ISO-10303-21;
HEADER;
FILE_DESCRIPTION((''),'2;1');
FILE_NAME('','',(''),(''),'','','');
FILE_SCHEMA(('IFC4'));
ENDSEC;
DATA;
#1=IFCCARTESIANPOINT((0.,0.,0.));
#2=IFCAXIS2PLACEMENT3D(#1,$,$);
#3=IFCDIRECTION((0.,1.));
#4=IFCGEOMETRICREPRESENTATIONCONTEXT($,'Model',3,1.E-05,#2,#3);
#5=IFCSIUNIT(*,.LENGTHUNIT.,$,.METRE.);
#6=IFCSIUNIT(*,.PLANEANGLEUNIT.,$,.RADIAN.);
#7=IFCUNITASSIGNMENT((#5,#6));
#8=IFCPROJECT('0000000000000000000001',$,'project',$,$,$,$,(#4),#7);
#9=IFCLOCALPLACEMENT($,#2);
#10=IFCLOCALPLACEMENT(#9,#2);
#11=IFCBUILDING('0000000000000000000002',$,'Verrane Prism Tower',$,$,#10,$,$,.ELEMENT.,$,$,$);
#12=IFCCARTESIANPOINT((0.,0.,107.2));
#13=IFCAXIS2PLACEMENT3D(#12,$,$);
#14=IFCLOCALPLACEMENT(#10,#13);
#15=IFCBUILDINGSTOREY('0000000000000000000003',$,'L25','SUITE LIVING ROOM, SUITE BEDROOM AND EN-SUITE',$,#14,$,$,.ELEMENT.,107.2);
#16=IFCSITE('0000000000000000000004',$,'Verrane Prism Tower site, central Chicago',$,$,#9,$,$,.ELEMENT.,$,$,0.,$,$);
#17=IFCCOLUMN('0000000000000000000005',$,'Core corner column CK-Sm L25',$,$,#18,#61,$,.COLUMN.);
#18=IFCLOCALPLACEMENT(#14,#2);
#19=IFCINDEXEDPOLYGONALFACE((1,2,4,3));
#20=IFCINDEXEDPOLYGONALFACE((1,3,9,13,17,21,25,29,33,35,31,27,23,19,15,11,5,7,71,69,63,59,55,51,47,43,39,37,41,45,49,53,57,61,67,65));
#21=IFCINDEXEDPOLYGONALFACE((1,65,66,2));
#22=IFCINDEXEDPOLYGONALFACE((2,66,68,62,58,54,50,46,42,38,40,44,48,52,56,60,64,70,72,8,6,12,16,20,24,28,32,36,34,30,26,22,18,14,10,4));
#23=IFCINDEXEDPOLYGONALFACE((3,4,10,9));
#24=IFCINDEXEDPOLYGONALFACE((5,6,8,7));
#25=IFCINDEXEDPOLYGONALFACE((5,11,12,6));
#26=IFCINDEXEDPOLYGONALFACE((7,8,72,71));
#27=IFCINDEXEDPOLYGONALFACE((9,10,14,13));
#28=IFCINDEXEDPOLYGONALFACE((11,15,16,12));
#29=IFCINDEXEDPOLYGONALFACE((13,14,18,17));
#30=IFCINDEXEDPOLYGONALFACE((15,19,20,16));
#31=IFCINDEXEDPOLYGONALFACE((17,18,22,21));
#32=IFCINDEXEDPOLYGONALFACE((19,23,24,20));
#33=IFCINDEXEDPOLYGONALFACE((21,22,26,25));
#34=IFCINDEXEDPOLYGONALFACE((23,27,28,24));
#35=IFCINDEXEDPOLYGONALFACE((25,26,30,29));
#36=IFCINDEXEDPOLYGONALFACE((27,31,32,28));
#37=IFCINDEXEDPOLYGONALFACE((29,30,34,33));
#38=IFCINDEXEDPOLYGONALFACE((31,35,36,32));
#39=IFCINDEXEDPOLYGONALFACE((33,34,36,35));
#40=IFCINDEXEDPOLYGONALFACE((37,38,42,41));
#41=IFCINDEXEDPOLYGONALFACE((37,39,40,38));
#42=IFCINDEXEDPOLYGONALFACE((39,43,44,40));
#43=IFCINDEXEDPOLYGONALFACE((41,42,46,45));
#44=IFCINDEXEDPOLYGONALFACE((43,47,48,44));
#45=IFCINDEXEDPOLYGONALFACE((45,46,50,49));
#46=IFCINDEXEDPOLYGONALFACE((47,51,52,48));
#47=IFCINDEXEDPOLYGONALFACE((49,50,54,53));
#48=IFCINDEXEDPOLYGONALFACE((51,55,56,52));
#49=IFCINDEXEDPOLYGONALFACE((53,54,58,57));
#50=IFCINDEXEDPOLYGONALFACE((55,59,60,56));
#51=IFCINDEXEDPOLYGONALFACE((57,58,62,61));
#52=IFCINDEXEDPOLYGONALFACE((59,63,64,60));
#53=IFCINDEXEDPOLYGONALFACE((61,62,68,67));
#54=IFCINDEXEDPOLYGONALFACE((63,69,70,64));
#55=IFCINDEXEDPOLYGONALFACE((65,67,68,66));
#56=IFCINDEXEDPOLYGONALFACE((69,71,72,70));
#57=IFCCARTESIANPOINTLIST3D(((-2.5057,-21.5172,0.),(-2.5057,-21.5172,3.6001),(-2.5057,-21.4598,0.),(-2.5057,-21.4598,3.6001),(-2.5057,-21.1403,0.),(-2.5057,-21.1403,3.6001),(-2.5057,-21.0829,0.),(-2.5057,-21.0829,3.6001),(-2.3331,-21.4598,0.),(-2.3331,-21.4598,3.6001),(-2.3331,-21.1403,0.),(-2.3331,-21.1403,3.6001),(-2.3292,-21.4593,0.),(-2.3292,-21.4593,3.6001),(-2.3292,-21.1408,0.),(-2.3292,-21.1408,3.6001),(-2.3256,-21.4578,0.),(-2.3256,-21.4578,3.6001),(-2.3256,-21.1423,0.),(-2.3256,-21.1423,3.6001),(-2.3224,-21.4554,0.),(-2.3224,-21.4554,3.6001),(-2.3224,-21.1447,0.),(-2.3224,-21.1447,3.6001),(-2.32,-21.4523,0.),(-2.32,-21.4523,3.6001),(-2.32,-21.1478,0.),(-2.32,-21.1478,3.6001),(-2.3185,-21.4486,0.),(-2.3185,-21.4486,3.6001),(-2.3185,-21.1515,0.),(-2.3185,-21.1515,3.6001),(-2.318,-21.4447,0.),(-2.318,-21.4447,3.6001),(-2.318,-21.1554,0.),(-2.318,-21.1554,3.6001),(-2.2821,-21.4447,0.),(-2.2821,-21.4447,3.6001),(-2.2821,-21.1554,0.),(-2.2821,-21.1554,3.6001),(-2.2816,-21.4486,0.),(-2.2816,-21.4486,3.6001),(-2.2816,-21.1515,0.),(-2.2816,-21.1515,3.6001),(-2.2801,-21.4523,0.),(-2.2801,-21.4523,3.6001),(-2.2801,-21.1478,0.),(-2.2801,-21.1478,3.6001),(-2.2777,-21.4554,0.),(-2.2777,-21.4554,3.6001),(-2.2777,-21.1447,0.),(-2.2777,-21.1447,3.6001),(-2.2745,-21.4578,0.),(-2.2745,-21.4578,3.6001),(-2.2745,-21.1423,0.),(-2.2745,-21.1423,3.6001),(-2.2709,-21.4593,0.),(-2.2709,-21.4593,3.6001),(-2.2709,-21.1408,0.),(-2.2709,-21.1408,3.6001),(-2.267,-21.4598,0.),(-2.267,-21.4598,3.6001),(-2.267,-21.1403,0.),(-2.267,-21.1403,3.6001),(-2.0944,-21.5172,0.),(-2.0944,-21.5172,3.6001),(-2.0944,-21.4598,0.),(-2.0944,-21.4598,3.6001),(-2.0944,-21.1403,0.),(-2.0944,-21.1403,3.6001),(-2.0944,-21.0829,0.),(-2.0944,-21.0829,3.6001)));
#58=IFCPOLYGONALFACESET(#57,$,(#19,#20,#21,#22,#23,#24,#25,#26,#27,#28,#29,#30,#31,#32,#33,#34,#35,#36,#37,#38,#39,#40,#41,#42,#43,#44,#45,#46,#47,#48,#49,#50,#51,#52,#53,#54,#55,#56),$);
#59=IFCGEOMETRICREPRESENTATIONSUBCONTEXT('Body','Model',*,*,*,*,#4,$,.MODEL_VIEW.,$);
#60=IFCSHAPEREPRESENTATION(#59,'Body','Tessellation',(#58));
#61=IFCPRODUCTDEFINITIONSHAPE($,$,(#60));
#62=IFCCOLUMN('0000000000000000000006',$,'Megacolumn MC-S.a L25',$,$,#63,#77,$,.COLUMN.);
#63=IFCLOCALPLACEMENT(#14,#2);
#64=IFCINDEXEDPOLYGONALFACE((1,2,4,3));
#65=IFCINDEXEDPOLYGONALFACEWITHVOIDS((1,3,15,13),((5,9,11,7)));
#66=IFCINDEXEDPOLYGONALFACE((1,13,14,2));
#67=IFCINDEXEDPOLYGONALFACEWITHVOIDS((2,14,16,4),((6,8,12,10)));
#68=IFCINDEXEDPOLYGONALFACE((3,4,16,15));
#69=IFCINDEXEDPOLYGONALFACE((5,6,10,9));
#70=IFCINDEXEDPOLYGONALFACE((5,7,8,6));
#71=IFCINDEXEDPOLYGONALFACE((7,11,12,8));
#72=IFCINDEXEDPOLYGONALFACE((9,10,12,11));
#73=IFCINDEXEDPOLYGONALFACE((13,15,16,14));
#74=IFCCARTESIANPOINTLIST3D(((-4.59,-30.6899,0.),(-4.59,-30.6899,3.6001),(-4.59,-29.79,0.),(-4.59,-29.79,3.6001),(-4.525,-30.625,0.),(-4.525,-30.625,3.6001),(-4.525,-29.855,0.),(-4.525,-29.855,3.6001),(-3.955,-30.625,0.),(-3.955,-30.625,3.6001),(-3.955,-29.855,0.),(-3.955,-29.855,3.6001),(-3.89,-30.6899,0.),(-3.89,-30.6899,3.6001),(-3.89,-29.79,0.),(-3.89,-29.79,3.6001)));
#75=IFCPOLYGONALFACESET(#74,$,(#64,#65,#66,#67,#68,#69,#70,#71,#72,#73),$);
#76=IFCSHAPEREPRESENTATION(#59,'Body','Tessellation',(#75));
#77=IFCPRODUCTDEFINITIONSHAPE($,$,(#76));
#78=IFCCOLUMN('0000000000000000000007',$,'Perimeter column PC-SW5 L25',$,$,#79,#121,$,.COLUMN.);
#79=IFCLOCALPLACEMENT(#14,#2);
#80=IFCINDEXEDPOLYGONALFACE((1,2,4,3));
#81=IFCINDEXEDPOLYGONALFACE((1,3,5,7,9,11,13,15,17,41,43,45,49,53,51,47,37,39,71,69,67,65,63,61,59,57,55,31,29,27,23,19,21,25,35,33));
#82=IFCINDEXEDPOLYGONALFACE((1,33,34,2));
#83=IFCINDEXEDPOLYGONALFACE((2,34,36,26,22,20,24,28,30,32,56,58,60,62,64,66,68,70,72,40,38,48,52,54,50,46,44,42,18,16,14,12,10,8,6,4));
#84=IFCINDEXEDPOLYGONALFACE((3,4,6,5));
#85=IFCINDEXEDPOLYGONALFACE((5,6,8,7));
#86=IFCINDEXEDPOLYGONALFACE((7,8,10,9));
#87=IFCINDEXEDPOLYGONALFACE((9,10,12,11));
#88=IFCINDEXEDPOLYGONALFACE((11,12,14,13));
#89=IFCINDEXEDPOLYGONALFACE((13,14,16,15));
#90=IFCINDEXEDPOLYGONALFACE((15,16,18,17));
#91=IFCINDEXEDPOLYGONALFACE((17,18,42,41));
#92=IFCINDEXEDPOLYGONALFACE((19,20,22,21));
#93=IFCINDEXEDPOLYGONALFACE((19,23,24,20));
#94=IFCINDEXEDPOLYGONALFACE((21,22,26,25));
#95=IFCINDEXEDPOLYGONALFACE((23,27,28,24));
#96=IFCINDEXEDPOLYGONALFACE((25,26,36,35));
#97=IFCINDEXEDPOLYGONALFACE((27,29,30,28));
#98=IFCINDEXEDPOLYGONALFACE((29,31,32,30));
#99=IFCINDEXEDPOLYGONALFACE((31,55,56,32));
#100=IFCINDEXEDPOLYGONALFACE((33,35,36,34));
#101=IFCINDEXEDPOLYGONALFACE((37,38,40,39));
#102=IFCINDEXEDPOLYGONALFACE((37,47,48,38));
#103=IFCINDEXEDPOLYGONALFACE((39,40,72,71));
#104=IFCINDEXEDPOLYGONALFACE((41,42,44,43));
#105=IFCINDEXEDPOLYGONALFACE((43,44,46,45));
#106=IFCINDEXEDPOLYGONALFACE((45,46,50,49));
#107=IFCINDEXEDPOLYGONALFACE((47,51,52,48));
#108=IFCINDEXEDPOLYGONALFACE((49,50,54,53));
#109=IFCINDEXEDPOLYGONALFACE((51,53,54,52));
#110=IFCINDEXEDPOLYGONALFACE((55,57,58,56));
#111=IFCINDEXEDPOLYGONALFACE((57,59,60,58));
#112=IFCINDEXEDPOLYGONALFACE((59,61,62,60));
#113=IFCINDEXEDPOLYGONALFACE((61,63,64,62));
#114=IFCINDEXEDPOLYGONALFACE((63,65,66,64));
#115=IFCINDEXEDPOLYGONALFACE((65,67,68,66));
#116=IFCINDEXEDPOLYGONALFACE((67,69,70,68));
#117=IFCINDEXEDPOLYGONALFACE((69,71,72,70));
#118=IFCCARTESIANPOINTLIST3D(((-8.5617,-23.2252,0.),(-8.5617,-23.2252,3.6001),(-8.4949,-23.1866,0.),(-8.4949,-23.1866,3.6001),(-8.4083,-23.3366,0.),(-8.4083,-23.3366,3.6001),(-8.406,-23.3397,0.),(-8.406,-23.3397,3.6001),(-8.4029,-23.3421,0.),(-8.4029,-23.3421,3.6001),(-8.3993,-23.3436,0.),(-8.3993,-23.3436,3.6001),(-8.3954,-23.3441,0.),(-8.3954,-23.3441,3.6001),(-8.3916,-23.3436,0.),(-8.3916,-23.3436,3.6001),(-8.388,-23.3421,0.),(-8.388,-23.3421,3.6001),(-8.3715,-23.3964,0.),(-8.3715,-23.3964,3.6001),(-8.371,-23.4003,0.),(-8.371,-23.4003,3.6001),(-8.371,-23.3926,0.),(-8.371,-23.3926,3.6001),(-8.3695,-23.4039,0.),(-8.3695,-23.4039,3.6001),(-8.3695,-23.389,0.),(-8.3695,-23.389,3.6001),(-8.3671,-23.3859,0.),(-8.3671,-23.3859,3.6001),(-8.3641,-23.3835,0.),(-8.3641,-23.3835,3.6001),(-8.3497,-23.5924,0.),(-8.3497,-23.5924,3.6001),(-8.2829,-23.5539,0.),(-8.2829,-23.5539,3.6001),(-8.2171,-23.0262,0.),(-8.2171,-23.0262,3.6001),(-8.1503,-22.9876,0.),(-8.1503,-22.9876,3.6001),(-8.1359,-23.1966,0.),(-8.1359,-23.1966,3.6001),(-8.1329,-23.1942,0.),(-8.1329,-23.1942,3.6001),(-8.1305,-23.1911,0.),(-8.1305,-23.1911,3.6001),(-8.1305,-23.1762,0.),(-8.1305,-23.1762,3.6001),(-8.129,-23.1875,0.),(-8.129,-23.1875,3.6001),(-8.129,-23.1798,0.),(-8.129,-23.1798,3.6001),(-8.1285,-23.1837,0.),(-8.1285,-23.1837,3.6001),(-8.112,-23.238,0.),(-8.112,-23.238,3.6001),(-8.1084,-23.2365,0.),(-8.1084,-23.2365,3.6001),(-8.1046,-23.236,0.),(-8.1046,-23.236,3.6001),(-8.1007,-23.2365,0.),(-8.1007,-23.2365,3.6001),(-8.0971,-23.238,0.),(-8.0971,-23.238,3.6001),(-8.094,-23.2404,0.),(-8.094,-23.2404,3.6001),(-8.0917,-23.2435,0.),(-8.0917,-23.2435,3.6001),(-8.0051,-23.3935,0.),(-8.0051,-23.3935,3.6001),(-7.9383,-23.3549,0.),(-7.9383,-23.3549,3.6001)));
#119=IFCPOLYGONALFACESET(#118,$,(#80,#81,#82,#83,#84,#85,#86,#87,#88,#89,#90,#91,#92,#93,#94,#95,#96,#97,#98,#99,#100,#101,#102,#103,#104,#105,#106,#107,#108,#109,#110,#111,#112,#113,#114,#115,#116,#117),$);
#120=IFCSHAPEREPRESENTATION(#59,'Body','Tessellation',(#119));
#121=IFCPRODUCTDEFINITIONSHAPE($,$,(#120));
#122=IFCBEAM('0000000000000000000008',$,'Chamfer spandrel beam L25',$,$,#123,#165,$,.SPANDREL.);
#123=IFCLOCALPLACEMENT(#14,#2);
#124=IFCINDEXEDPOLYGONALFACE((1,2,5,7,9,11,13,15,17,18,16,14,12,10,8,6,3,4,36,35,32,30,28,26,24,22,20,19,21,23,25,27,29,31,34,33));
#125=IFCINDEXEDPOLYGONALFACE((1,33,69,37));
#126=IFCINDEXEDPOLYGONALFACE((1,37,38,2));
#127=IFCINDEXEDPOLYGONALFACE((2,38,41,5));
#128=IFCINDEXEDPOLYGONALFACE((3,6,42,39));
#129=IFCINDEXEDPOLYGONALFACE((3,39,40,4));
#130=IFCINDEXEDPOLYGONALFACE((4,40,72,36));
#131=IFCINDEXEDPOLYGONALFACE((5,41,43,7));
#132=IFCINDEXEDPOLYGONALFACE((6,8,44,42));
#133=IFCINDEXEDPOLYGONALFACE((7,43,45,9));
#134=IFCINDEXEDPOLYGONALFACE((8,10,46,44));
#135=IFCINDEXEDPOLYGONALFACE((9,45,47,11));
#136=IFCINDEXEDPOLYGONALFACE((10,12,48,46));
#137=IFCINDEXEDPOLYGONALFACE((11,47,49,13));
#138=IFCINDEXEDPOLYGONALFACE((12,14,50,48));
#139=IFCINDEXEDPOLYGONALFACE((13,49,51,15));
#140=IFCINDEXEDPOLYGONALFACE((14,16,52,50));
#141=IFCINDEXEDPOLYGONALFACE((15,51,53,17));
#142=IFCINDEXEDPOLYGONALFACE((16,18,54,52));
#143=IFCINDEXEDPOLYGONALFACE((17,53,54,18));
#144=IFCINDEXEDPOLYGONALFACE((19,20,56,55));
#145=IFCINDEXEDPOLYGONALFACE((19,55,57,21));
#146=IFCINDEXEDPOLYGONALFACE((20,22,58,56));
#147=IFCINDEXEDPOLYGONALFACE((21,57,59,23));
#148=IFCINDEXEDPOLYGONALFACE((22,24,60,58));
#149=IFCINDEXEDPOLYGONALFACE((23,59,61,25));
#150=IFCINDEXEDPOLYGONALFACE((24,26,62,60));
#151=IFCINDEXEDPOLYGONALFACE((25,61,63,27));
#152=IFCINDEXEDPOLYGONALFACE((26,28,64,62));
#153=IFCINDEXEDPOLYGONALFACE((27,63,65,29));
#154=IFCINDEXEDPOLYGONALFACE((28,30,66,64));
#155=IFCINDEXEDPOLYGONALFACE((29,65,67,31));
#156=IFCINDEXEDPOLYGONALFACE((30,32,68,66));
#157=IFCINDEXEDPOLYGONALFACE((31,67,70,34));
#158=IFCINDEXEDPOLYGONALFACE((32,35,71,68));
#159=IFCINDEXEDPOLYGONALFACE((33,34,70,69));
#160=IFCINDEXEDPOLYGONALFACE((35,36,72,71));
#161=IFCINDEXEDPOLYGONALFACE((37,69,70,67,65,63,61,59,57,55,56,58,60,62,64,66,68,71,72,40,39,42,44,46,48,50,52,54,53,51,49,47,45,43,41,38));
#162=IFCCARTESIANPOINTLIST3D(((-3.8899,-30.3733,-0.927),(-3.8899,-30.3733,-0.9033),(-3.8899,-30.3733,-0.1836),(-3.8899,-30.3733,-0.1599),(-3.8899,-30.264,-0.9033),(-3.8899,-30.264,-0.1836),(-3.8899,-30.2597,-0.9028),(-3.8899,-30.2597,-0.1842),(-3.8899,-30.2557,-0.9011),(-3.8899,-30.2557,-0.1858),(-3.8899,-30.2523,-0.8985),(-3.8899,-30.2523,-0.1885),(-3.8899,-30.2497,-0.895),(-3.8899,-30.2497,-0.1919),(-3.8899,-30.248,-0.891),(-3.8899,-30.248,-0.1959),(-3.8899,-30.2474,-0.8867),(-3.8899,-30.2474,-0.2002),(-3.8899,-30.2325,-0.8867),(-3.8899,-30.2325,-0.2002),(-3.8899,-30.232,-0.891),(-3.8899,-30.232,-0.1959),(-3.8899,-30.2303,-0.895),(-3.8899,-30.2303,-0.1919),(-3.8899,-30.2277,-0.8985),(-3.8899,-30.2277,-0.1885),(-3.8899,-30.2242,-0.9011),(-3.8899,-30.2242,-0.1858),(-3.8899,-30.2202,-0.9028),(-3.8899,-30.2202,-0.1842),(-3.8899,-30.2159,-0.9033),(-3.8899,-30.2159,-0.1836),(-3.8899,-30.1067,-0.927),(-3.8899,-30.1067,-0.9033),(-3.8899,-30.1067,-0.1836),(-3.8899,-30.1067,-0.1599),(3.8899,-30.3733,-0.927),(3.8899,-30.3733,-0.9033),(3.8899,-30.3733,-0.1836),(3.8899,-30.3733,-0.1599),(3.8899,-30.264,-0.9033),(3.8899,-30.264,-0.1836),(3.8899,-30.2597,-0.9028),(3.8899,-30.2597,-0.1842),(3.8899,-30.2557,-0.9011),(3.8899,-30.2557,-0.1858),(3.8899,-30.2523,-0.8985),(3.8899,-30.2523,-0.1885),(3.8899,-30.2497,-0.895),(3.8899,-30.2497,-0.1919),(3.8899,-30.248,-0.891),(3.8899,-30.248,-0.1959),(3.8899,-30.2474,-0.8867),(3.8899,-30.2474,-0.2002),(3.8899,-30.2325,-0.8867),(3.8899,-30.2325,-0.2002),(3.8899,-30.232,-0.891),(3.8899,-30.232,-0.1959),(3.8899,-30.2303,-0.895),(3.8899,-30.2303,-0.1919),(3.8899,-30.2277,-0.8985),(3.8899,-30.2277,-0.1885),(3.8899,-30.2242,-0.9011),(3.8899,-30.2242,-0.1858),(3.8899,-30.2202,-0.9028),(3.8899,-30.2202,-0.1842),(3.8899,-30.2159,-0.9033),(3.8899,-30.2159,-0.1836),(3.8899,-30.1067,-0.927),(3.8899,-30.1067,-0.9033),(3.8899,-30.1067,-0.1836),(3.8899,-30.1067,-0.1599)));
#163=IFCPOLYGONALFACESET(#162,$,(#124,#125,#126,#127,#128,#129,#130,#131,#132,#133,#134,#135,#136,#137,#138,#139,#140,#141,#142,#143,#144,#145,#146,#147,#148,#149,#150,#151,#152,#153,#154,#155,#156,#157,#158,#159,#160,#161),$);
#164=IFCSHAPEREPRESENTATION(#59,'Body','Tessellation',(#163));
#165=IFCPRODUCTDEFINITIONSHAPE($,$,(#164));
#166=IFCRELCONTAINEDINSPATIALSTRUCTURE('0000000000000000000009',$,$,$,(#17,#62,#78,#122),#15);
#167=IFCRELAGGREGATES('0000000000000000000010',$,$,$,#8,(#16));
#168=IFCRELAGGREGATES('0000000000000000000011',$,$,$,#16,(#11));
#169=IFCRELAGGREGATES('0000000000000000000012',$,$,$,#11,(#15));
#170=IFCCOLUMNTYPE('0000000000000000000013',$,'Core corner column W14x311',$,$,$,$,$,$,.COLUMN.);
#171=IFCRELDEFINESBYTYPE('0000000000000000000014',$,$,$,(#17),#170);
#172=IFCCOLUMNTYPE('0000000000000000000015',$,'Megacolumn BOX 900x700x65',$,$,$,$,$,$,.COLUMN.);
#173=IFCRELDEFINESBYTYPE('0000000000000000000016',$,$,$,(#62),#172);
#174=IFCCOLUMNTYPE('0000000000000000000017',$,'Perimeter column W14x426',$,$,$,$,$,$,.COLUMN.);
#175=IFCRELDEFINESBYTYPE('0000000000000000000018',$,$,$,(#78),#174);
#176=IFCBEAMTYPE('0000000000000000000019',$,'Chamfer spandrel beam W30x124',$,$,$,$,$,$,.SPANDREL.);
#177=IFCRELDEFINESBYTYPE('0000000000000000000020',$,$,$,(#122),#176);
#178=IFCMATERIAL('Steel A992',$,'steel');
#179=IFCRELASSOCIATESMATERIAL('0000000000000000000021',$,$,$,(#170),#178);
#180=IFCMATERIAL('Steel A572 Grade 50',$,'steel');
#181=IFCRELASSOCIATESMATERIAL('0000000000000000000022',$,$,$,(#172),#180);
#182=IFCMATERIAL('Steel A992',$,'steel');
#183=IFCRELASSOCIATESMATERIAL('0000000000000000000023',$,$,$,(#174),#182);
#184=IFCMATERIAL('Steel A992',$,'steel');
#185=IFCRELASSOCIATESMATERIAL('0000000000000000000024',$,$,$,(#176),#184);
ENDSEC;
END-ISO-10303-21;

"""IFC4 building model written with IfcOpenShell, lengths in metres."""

from ifc_helpers import new_model, si_unit, direction, frame, origin, origin_2d, place, context, subcontext, project, spatial, hollow_rectangle, i_section, extrude, material, material_profile, profile_set, type_object, element, save


model = new_model("IFC4")

# Units and contexts
model_context = context("Model", 3, precision=1e-05, world=origin(), true_north=direction((0.0, 1.0)))
body_context = subcontext(model_context, "Body", "Model", "MODEL_VIEW")
ifc_project = project(units=[si_unit("LENGTHUNIT", "METRE"), si_unit("PLANEANGLEUNIT", "RADIAN")], contexts=[model_context])

# Site, building, storey
site_placement = place(None, origin())
site = spatial("IfcSite", under=ifc_project, at=site_placement, Name="Verrane Prism Tower site, central Chicago", CompositionType="ELEMENT", RefElevation=0.0)
building_placement = place(site_placement, origin())
building = spatial("IfcBuilding", under=site, at=building_placement, Name="Verrane Prism Tower", CompositionType="ELEMENT")
storey_placement = place(building_placement, frame((0.0, 0.0, 107.2)))
storey = spatial("IfcBuildingStorey", under=building, at=storey_placement, Name="L25", Description="SUITE LIVING ROOM, SUITE BEDROOM AND EN-SUITE", CompositionType="ELEMENT", Elevation=107.2)

# Columns
ifc_material_1 = material(Name="Steel A992", Category="steel")
ifc_material_profile_1 = material_profile(ifc_material_1, i_section(OverallWidth=0.4114, OverallDepth=0.4343, WebThickness=0.0359, FlangeThickness=0.0574, FilletRadius=0.0151, at=origin_2d()), Name="W14x311")
ifc_profile_set_1 = profile_set([ifc_material_profile_1], Name="Steel A992")
column_type_1 = type_object("IfcColumnType", Name="Core corner column W14x311", PredefinedType="COLUMN", material=ifc_profile_set_1)
column_1_placement = place(storey_placement, frame((-2.3, -21.3, 0.0), z_axis=(0.0, 0.0, 1.0), x_axis=(-1.0, 0.0, 0.0)))
element("IfcColumn", 1, at=column_1_placement, inside=storey, type_object=column_type_1, Name="Core corner column CK-Sm L25", PredefinedType="COLUMN", context=body_context, shape_type="SweptSolid", body=[
    extrude(i_section(OverallWidth=0.4114, OverallDepth=0.4343, WebThickness=0.0359, FlangeThickness=0.0574, FilletRadius=0.0151, at=origin_2d()), origin(), (0.0, 0.0, 1.0), 3.6001),
])
ifc_material_2 = material(Name="Steel A572 Grade 50", Category="steel")
ifc_material_profile_2 = material_profile(ifc_material_2, hollow_rectangle(XDim=0.7, YDim=0.8999, WallThickness=0.0649, at=origin_2d()), Name="BOX 900x700x65")
ifc_profile_set_2 = profile_set([ifc_material_profile_2], Name="Steel A572 Grade 50")
column_type_2 = type_object("IfcColumnType", Name="Megacolumn BOX 900x700x65", PredefinedType="COLUMN", material=ifc_profile_set_2)
column_2_placement = place(storey_placement, frame((-4.24, -30.24, 0.0), z_axis=(0.0, 0.0, 1.0), x_axis=(-1.0, 0.0, 0.0)))
element("IfcColumn", 2, at=column_2_placement, inside=storey, type_object=column_type_2, Name="Megacolumn MC-S.a L25", PredefinedType="COLUMN", context=body_context, shape_type="SweptSolid", body=[
    extrude(hollow_rectangle(XDim=0.7, YDim=0.8999, WallThickness=0.0649, at=origin_2d()), origin(), (0.0, 0.0, 1.0), 3.6001),
])
ifc_material_3 = material(Name="Steel A992", Category="steel")
ifc_material_profile_3 = material_profile(ifc_material_3, i_section(OverallWidth=0.4241, OverallDepth=0.4751, WebThickness=0.0479, FlangeThickness=0.0771, FilletRadius=0.0149, at=origin_2d()), Name="W14x426")
ifc_profile_set_3 = profile_set([ifc_material_profile_3], Name="Steel A992")
column_type_3 = type_object("IfcColumnType", Name="Perimeter column W14x426", PredefinedType="COLUMN", material=ifc_profile_set_3)
column_3_placement = place(storey_placement, frame((-8.25, -23.29, 0.0), z_axis=(0.0, 0.0, 1.0), x_axis=(-0.5, 0.866025, 0.0)))
element("IfcColumn", 3, at=column_3_placement, inside=storey, type_object=column_type_3, Name="Perimeter column PC-SW5 L25", PredefinedType="COLUMN", context=body_context, shape_type="SweptSolid", body=[
    extrude(i_section(OverallWidth=0.4241, OverallDepth=0.4751, WebThickness=0.0479, FlangeThickness=0.0771, FilletRadius=0.0149, at=origin_2d()), origin(), (0.0, 0.0, 1.0), 3.6001),
])

# Beam
ifc_material_4 = material(Name="Steel A992", Category="steel")
ifc_material_profile_4 = material_profile(ifc_material_4, i_section(OverallWidth=0.2666, OverallDepth=0.7671, WebThickness=0.0149, FlangeThickness=0.0237, FilletRadius=0.0166, at=origin_2d()), Name="W30x124")
ifc_profile_set_4 = profile_set([ifc_material_profile_4], Name="Steel A992")
beam_type_1 = type_object("IfcBeamType", Name="Chamfer spandrel beam W30x124", PredefinedType="SPANDREL", material=ifc_profile_set_4)
beam_1_placement = place(storey_placement, frame((-3.8899, -30.24, -0.5435), z_axis=(1.0, 0.0, 0.0), x_axis=(0.0, 1.0, 0.0)))
element("IfcBeam", 4, at=beam_1_placement, inside=storey, type_object=beam_type_1, Name="Chamfer spandrel beam L25", PredefinedType="SPANDREL", context=body_context, shape_type="SweptSolid", body=[
    extrude(i_section(OverallWidth=0.2666, OverallDepth=0.7671, WebThickness=0.0149, FlangeThickness=0.0237, FilletRadius=0.0166, at=origin_2d()), origin(), (0.0, 0.0, 1.0), 7.7798),
])

save(model, "model.ifc")
